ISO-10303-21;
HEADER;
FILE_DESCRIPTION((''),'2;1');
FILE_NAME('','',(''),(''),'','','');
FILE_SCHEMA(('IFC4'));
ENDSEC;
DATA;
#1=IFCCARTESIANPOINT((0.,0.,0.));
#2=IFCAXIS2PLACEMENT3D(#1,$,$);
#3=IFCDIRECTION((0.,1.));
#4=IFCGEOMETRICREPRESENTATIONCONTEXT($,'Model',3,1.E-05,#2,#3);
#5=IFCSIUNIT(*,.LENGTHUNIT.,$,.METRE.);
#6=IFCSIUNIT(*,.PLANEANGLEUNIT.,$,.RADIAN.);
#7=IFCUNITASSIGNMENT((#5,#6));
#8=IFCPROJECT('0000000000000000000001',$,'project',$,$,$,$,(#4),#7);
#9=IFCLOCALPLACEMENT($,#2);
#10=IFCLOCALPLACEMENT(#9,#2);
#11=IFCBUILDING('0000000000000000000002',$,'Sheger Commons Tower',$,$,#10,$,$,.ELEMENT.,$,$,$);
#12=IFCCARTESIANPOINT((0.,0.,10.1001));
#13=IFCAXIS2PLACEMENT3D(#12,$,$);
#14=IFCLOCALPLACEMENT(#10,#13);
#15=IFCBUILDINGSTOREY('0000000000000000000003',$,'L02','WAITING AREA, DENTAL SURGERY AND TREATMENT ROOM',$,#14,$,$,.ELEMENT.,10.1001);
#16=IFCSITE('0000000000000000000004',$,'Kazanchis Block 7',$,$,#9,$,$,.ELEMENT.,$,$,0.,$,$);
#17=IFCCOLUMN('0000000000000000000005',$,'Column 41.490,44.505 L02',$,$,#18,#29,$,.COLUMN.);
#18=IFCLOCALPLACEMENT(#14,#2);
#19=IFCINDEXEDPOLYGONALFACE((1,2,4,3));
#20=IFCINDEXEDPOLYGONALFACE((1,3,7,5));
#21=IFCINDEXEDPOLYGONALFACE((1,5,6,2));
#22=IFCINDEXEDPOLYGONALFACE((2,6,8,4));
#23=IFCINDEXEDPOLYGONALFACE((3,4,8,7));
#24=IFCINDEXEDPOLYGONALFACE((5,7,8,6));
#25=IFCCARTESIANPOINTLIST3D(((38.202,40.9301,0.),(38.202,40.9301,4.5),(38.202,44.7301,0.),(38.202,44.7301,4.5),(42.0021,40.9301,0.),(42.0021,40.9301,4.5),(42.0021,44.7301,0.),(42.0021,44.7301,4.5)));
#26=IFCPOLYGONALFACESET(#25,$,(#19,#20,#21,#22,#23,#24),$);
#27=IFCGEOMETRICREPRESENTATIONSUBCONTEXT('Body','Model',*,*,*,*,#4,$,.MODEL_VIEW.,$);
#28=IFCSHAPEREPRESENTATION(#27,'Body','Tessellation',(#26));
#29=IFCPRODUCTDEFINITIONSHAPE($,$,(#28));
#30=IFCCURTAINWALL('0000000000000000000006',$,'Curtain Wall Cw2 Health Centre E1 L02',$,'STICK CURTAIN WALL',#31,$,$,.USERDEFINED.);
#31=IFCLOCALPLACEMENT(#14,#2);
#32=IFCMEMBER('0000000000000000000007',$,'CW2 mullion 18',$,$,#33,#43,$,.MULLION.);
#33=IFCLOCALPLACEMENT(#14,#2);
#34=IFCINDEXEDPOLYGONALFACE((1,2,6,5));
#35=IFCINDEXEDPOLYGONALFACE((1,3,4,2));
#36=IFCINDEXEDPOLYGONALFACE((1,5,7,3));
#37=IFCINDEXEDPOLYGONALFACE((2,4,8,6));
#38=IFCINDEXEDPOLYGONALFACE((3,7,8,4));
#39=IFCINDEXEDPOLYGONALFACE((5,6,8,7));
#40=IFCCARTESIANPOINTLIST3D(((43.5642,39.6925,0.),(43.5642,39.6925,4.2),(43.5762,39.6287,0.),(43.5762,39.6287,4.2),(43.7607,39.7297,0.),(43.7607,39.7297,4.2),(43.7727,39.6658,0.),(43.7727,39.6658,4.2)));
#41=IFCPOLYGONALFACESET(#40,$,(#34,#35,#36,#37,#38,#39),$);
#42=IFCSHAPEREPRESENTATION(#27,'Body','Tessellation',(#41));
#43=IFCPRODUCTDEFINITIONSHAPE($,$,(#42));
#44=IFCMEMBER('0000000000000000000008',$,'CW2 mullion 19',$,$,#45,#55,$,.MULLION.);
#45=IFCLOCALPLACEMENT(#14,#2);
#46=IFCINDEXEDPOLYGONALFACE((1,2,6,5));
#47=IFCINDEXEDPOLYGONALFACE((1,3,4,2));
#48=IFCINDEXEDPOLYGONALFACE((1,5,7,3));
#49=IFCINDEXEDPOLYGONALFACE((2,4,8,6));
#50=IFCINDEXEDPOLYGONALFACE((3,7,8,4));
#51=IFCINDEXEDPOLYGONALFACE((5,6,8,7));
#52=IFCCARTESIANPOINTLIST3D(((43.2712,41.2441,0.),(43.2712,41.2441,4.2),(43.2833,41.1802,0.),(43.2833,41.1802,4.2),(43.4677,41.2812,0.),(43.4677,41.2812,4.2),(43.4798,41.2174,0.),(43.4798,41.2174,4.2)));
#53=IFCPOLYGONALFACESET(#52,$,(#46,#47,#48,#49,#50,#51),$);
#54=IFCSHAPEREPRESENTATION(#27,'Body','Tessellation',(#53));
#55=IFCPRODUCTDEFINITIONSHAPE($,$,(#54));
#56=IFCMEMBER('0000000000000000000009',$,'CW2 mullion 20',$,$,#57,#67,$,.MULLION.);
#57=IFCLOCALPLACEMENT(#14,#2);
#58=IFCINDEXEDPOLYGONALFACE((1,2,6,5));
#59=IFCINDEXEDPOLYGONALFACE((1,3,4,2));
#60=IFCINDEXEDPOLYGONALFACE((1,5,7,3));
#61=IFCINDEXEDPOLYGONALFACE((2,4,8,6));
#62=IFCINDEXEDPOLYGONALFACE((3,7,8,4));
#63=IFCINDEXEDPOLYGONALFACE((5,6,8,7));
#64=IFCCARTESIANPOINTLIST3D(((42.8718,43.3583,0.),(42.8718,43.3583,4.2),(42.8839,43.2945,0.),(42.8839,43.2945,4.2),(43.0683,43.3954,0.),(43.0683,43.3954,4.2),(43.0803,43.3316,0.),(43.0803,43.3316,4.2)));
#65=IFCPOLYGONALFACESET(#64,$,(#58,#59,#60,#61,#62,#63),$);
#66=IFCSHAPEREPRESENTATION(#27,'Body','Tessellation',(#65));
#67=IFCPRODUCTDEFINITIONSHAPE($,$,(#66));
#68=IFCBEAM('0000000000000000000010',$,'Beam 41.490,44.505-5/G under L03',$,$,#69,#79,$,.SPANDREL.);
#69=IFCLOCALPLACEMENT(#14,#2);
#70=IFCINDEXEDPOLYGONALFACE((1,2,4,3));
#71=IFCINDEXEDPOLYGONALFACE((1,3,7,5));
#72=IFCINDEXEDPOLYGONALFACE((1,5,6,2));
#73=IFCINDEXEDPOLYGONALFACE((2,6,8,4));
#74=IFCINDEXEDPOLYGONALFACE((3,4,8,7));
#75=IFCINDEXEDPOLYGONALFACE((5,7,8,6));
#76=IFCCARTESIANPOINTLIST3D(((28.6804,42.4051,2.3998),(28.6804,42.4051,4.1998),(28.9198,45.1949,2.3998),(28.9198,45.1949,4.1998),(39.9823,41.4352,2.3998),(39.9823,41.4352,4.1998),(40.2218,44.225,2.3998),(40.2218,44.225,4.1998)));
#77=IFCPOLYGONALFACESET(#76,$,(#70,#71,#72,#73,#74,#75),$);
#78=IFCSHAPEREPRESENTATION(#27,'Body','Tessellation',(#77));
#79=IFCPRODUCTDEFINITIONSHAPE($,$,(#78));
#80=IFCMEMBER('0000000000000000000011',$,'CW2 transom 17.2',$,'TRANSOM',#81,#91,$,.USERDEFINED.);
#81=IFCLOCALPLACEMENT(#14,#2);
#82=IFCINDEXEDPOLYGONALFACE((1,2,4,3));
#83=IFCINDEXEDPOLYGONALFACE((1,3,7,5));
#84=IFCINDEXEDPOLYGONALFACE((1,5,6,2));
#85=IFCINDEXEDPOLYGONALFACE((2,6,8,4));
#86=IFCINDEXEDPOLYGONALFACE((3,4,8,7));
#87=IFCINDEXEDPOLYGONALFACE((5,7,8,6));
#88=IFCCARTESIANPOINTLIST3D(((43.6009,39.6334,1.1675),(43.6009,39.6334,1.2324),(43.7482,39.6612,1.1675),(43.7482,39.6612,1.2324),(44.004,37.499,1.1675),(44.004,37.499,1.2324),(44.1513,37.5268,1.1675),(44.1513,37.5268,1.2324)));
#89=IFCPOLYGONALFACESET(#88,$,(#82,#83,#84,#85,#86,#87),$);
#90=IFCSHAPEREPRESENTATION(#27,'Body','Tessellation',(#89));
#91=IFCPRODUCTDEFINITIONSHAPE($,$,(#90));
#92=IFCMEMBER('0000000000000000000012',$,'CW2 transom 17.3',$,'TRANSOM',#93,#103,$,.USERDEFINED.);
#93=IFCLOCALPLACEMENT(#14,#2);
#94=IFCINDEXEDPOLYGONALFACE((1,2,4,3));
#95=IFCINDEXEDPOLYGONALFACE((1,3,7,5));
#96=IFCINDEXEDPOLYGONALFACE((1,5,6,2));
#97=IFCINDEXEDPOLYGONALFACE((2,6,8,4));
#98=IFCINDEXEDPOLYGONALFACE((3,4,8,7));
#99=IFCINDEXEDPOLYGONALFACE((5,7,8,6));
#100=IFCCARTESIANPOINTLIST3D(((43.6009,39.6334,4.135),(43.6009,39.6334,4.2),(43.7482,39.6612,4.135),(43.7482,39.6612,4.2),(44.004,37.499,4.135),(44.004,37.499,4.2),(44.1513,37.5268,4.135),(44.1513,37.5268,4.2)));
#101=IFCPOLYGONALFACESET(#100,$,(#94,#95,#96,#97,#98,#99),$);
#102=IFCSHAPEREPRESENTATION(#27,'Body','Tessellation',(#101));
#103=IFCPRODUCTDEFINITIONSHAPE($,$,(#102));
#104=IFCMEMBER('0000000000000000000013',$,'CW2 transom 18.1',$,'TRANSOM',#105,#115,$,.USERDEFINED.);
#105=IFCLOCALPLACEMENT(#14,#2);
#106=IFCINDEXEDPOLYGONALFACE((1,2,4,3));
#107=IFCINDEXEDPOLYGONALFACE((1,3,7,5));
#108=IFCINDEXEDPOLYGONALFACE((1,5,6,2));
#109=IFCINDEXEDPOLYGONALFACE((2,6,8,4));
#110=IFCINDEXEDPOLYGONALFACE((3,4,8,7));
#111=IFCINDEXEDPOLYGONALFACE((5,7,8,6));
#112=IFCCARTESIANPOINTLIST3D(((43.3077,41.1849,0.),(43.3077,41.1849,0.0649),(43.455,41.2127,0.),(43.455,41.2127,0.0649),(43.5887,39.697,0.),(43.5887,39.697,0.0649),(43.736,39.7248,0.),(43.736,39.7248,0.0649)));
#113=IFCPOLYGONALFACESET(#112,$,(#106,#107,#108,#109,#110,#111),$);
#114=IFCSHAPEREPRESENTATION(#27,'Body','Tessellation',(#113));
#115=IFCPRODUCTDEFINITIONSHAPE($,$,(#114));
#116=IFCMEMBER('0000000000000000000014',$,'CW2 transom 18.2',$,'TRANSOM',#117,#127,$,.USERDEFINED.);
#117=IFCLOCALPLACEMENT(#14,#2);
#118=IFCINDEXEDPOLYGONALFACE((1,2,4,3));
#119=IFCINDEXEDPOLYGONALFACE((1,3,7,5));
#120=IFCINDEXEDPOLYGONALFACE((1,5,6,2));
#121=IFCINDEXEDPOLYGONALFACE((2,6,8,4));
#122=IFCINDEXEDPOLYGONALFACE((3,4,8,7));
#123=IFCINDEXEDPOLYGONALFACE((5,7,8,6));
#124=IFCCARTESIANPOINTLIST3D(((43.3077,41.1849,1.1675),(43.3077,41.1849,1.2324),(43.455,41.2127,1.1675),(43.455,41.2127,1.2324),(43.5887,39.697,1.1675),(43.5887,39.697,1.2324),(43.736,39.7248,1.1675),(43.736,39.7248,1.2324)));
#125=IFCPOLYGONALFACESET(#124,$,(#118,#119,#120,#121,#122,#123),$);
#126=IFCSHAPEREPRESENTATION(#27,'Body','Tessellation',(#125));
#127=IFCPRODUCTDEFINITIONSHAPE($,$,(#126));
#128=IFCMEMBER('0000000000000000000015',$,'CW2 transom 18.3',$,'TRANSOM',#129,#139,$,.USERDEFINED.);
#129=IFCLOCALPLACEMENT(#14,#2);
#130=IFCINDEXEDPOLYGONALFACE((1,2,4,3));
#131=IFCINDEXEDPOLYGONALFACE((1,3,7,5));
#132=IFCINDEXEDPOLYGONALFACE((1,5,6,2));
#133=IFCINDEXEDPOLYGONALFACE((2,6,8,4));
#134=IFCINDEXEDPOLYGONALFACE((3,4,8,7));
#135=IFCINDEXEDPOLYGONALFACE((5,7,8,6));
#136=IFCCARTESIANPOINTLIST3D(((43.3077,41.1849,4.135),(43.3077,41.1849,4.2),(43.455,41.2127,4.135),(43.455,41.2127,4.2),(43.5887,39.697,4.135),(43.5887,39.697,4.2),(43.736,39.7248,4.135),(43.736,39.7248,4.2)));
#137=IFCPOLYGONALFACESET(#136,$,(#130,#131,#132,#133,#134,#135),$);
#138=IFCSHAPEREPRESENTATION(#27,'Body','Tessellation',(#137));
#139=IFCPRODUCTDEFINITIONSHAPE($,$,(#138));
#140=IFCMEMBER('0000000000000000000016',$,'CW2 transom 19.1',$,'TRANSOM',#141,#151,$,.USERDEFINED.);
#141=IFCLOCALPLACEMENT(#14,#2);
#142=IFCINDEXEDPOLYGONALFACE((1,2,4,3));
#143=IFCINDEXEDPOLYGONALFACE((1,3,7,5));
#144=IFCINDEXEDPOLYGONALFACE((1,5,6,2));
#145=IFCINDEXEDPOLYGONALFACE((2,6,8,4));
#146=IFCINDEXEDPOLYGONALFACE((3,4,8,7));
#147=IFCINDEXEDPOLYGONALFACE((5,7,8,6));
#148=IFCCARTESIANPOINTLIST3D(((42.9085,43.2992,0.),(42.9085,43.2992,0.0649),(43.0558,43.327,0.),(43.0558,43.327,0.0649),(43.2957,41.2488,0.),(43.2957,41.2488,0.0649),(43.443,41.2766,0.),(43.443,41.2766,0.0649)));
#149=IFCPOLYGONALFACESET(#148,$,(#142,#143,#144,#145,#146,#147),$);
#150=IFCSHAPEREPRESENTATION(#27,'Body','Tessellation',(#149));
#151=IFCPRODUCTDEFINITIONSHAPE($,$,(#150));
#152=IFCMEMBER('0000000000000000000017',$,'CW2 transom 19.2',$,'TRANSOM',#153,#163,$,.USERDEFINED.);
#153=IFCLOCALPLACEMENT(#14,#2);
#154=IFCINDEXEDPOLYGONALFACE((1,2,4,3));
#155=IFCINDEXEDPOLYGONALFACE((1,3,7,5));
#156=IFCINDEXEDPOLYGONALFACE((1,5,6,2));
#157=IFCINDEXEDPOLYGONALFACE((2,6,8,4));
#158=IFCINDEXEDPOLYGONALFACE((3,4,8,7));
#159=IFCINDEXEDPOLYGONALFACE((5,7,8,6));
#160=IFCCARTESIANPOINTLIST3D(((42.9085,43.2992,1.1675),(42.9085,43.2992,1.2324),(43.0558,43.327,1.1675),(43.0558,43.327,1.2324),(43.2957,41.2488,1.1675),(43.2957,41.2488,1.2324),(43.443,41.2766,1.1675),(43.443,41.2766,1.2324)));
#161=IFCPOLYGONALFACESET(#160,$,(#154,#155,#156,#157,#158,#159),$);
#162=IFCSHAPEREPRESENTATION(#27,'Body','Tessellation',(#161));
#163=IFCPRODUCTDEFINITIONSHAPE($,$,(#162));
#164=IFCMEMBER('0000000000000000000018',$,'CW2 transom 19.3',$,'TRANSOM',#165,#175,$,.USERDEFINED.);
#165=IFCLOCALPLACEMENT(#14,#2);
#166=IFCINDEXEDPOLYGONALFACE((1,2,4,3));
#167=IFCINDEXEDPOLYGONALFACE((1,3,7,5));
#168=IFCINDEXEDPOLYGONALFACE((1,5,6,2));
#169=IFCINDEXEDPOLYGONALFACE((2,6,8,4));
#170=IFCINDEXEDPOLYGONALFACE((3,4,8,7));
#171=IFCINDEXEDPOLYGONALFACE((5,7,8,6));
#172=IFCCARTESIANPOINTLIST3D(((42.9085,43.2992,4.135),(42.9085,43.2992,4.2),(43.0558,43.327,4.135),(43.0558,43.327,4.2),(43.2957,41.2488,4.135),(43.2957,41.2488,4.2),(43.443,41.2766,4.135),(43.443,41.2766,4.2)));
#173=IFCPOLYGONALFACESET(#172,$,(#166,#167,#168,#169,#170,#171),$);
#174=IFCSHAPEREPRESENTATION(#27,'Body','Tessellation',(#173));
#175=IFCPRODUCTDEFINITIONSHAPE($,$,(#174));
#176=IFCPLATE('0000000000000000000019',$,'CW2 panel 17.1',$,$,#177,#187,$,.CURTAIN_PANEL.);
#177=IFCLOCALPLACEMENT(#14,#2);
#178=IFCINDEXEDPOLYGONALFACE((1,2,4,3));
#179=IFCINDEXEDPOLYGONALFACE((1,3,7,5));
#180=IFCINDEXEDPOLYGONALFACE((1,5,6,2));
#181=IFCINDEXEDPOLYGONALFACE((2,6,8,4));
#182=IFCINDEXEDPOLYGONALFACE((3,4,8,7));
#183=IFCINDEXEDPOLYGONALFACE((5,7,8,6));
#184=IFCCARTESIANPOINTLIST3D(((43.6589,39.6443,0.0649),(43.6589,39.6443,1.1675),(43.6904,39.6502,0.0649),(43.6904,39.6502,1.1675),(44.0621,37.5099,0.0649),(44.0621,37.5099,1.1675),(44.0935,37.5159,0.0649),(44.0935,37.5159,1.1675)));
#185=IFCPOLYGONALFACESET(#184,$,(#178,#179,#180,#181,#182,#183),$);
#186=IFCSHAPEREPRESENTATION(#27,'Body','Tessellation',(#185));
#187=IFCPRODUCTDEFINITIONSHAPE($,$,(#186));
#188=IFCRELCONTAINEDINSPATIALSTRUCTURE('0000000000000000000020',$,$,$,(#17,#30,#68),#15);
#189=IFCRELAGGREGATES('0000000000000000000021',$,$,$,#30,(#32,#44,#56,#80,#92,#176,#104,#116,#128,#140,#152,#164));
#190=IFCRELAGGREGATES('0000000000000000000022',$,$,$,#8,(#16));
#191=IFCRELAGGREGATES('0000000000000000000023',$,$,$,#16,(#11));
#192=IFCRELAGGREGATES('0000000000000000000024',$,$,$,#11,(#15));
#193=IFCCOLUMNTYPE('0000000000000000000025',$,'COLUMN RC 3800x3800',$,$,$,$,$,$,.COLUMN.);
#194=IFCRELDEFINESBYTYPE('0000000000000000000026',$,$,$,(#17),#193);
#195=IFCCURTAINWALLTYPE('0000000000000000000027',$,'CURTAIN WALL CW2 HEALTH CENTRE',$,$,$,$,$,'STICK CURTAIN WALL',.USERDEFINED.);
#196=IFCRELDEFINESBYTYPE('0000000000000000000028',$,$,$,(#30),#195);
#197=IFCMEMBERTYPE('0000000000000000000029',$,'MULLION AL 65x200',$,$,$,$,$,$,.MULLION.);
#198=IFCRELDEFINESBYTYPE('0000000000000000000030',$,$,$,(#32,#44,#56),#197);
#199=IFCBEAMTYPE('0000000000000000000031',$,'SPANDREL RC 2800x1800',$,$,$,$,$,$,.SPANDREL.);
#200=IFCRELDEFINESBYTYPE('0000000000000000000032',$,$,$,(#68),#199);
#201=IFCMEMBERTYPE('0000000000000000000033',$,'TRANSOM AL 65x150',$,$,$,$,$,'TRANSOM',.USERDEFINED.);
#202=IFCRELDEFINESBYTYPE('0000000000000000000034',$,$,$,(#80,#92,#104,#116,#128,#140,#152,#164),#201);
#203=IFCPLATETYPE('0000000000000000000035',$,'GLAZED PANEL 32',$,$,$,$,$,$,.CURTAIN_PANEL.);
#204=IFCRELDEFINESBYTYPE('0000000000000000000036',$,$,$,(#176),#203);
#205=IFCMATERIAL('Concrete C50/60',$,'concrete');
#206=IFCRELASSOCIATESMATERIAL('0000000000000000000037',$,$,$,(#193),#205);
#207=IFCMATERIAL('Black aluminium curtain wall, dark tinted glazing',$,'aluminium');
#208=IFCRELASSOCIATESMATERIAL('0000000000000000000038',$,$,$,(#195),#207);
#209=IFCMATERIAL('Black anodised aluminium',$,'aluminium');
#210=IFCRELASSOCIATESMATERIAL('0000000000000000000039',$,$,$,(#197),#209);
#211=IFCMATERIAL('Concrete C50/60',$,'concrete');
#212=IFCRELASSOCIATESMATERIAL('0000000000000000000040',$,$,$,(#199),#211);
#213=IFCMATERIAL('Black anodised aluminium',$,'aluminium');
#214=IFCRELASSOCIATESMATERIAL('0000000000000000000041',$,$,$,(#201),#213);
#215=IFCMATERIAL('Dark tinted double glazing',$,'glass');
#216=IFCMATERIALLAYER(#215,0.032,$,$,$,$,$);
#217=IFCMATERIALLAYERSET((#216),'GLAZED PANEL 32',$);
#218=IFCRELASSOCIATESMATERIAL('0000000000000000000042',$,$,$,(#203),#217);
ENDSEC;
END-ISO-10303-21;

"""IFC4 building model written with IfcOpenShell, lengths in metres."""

from ifc_helpers import new_model, si_unit, direction, frame, origin, origin_2d, place, context, subcontext, project, spatial, rectangle, extrude, material, layer, layer_set, material_profile, profile_set, type_object, element, aggregate, save


model = new_model("IFC4")

# Units and contexts
model_context = context("Model", 3, precision=1e-05, world=origin(), true_north=direction((0.0, 1.0)))
body_context = subcontext(model_context, "Body", "Model", "MODEL_VIEW")
ifc_project = project(units=[si_unit("LENGTHUNIT", "METRE"), si_unit("PLANEANGLEUNIT", "RADIAN")], contexts=[model_context])

# Site, building, storey
site_placement = place(None, origin())
site = spatial("IfcSite", under=ifc_project, at=site_placement, Name="Kazanchis Block 7", CompositionType="ELEMENT", RefElevation=0.0)
building_placement = place(site_placement, origin())
building = spatial("IfcBuilding", under=site, at=building_placement, Name="Sheger Commons Tower", CompositionType="ELEMENT")
storey_placement = place(building_placement, frame((0.0, 0.0, 10.1001)))
storey = spatial("IfcBuildingStorey", under=building, at=storey_placement, Name="L02", Description="WAITING AREA, DENTAL SURGERY AND TREATMENT ROOM", CompositionType="ELEMENT", Elevation=10.1001)

# Column
ifc_material_1 = material(Name="Concrete C50/60", Category="concrete")
ifc_material_profile_1 = material_profile(ifc_material_1, rectangle(XDim=3.8, YDim=3.8, at=origin_2d()), Name="RC 3800x3800")
ifc_profile_set_1 = profile_set([ifc_material_profile_1], Name="Concrete C50/60")
column_type = type_object("IfcColumnType", Name="COLUMN RC 3800x3800", PredefinedType="COLUMN", material=ifc_profile_set_1)
column_placement = place(storey_placement, frame((40.1021, 42.8301, 0.0), z_axis=(0.0, 0.0, 1.0), x_axis=(1.0, 0.0, 0.0)))
element("IfcColumn", 1, at=column_placement, inside=storey, type_object=column_type, Name="Column 41.490,44.505 L02", PredefinedType="COLUMN", context=body_context, shape_type="SweptSolid", body=[
    extrude(rectangle(XDim=3.8, YDim=3.8, at=origin_2d()), origin(), (0.0, 0.0, 1.0), 4.5),
])

# Curtain wall, members
ifc_material_2 = material(Name="Black aluminium curtain wall, dark tinted glazing", Category="aluminium")
curtain_wall_type = type_object("IfcCurtainWallType", Name="CURTAIN WALL CW2 HEALTH CENTRE", ElementType="STICK CURTAIN WALL", PredefinedType="USERDEFINED", material=ifc_material_2)
curtain_wall_placement = place(storey_placement, origin())
curtain_wall = element("IfcCurtainWall", 2, at=curtain_wall_placement, inside=storey, type_object=curtain_wall_type, Name="Curtain Wall Cw2 Health Centre E1 L02", ObjectType="STICK CURTAIN WALL", PredefinedType="USERDEFINED")
ifc_material_3 = material(Name="Black anodised aluminium", Category="aluminium")
ifc_material_profile_2 = material_profile(ifc_material_3, rectangle(XDim=0.2, YDim=0.0649, at=origin_2d()), Name="AL 65x200")
ifc_profile_set_2 = profile_set([ifc_material_profile_2], Name="Black anodised aluminium")
member_type_1 = type_object("IfcMemberType", Name="MULLION AL 65x200", PredefinedType="MULLION", material=ifc_profile_set_2)
member_1_placement = place(storey_placement, frame((43.6685, 39.6792, 0.0), z_axis=(0.0, 0.0, 1.0), x_axis=(-0.982624, -0.18561, 0.0)))
member_1 = element("IfcMember", 3, at=member_1_placement, type_object=member_type_1, Name="CW2 mullion 18", PredefinedType="MULLION", context=body_context, shape_type="SweptSolid", body=[
    extrude(rectangle(XDim=0.2, YDim=0.0649, at=origin_2d()), origin(), (0.0, 0.0, 1.0), 4.2),
])
member_2_placement = place(storey_placement, frame((43.3755, 41.2307, 0.0), z_axis=(0.0, 0.0, 1.0), x_axis=(-0.982624, -0.18561, 0.0)))
member_2 = element("IfcMember", 4, at=member_2_placement, type_object=member_type_1, Name="CW2 mullion 19", PredefinedType="MULLION", context=body_context, shape_type="SweptSolid", body=[
    extrude(rectangle(XDim=0.2, YDim=0.0649, at=origin_2d()), origin(), (0.0, 0.0, 1.0), 4.2),
])
member_3_placement = place(storey_placement, frame((42.9761, 43.345, 0.0), z_axis=(0.0, 0.0, 1.0), x_axis=(-0.982624, -0.18561, 0.0)))
member_3 = element("IfcMember", 5, at=member_3_placement, type_object=member_type_1, Name="CW2 mullion 20", PredefinedType="MULLION", context=body_context, shape_type="SweptSolid", body=[
    extrude(rectangle(XDim=0.2, YDim=0.0649, at=origin_2d()), origin(), (0.0, 0.0, 1.0), 4.2),
])

# Beam
ifc_material_4 = material(Name="Concrete C50/60", Category="concrete")
ifc_material_profile_3 = material_profile(ifc_material_4, rectangle(XDim=2.8, YDim=1.8, at=origin_2d()), Name="RC 2800x1800")
ifc_profile_set_3 = profile_set([ifc_material_profile_3], Name="Concrete C50/60")
beam_type = type_object("IfcBeamType", Name="SPANDREL RC 2800x1800", PredefinedType="SPANDREL", material=ifc_profile_set_3)
beam_placement = place(storey_placement, frame((40.1021, 42.8301, 3.2998), z_axis=(-0.996337, 0.085509, 0.0), x_axis=(-0.085509, -0.996337, 0.0)))
element("IfcBeam", 6, at=beam_placement, inside=storey, type_object=beam_type, Name="Beam 41.490,44.505-5/G under L03", PredefinedType="SPANDREL", context=body_context, shape_type="SweptSolid", body=[
    extrude(rectangle(XDim=2.8, YDim=1.8, at=origin_2d()), origin(), (0.0, 0.0, 1.0), 11.3435),
])

# Members
ifc_material_5 = material(Name="Black anodised aluminium", Category="aluminium")
ifc_material_profile_4 = material_profile(ifc_material_5, rectangle(XDim=0.1499, YDim=0.0649, at=origin_2d()), Name="AL 65x150")
ifc_profile_set_4 = profile_set([ifc_material_profile_4], Name="Black anodised aluminium")
member_type_2 = type_object("IfcMemberType", Name="TRANSOM AL 65x150", ElementType="TRANSOM", PredefinedType="USERDEFINED", material=ifc_profile_set_4)
member_4_placement = place(storey_placement, frame((44.0776, 37.5129, 1.2), z_axis=(-0.185578, 0.98263, 0.0), x_axis=(-0.98263, -0.185578, 0.0)))
member_4 = element("IfcMember", 7, at=member_4_placement, type_object=member_type_2, Name="CW2 transom 17.2", ObjectType="TRANSOM", PredefinedType="USERDEFINED", context=body_context, shape_type="SweptSolid", body=[
    extrude(rectangle(XDim=0.1499, YDim=0.0649, at=origin_2d()), origin(), (0.0, 0.0, 1.0), 2.1721),
])
member_5_placement = place(storey_placement, frame((44.0776, 37.5129, 4.1675), z_axis=(-0.185578, 0.98263, 0.0), x_axis=(-0.98263, -0.185578, 0.0)))
member_5 = element("IfcMember", 8, at=member_5_placement, type_object=member_type_2, Name="CW2 transom 17.3", ObjectType="TRANSOM", PredefinedType="USERDEFINED", context=body_context, shape_type="SweptSolid", body=[
    extrude(rectangle(XDim=0.1499, YDim=0.0649, at=origin_2d()), origin(), (0.0, 0.0, 1.0), 2.1721),
])
member_6_placement = place(storey_placement, frame((43.6624, 39.7109, 0.0325), z_axis=(-0.185593, 0.982627, 0.0), x_axis=(-0.982627, -0.185593, 0.0)))
member_6 = element("IfcMember", 9, at=member_6_placement, type_object=member_type_2, Name="CW2 transom 18.1", ObjectType="TRANSOM", PredefinedType="USERDEFINED", context=body_context, shape_type="SweptSolid", body=[
    extrude(rectangle(XDim=0.1499, YDim=0.0649, at=origin_2d()), origin(), (0.0, 0.0, 1.0), 1.5142),
])
member_7_placement = place(storey_placement, frame((43.6624, 39.7109, 1.2), z_axis=(-0.185593, 0.982627, 0.0), x_axis=(-0.982627, -0.185593, 0.0)))
member_7 = element("IfcMember", 10, at=member_7_placement, type_object=member_type_2, Name="CW2 transom 18.2", ObjectType="TRANSOM", PredefinedType="USERDEFINED", context=body_context, shape_type="SweptSolid", body=[
    extrude(rectangle(XDim=0.1499, YDim=0.0649, at=origin_2d()), origin(), (0.0, 0.0, 1.0), 1.5142),
])
member_8_placement = place(storey_placement, frame((43.6624, 39.7109, 4.1675), z_axis=(-0.185593, 0.982627, 0.0), x_axis=(-0.982627, -0.185593, 0.0)))
member_8 = element("IfcMember", 11, at=member_8_placement, type_object=member_type_2, Name="CW2 transom 18.3", ObjectType="TRANSOM", PredefinedType="USERDEFINED", context=body_context, shape_type="SweptSolid", body=[
    extrude(rectangle(XDim=0.1499, YDim=0.0649, at=origin_2d()), origin(), (0.0, 0.0, 1.0), 1.5142),
])
member_9_placement = place(storey_placement, frame((43.3694, 41.2627, 0.0325), z_axis=(-0.185553, 0.982634, 0.0), x_axis=(-0.982634, -0.185553, 0.0)))
member_9 = element("IfcMember", 12, at=member_9_placement, type_object=member_type_2, Name="CW2 transom 19.1", ObjectType="TRANSOM", PredefinedType="USERDEFINED", context=body_context, shape_type="SweptSolid", body=[
    extrude(rectangle(XDim=0.1499, YDim=0.0649, at=origin_2d()), origin(), (0.0, 0.0, 1.0), 2.0867),
])
member_10_placement = place(storey_placement, frame((43.3694, 41.2627, 1.2), z_axis=(-0.185553, 0.982634, 0.0), x_axis=(-0.982634, -0.185553, 0.0)))
member_10 = element("IfcMember", 13, at=member_10_placement, type_object=member_type_2, Name="CW2 transom 19.2", ObjectType="TRANSOM", PredefinedType="USERDEFINED", context=body_context, shape_type="SweptSolid", body=[
    extrude(rectangle(XDim=0.1499, YDim=0.0649, at=origin_2d()), origin(), (0.0, 0.0, 1.0), 2.0867),
])
member_11_placement = place(storey_placement, frame((43.3694, 41.2627, 4.1675), z_axis=(-0.185553, 0.982634, 0.0), x_axis=(-0.982634, -0.185553, 0.0)))
member_11 = element("IfcMember", 14, at=member_11_placement, type_object=member_type_2, Name="CW2 transom 19.3", ObjectType="TRANSOM", PredefinedType="USERDEFINED", context=body_context, shape_type="SweptSolid", body=[
    extrude(rectangle(XDim=0.1499, YDim=0.0649, at=origin_2d()), origin(), (0.0, 0.0, 1.0), 2.0867),
])

# Plate
ifc_material_6 = material(Name="Dark tinted double glazing", Category="glass")
ifc_layer_1 = layer(ifc_material_6, 0.032)
ifc_layer_set_1 = layer_set([ifc_layer_1], Name="GLAZED PANEL 32")
plate_type = type_object("IfcPlateType", Name="GLAZED PANEL 32", PredefinedType="CURTAIN_PANEL", material=ifc_layer_set_1)
plate_1_placement = place(storey_placement, frame((43.8762, 38.5801, 0.0649), z_axis=(0.0, 0.0, 1.0), x_axis=(-0.18561, 0.982624, 0.0)))
plate_1 = element("IfcPlate", 15, at=plate_1_placement, type_object=plate_type, Name="CW2 panel 17.1", PredefinedType="CURTAIN_PANEL", context=body_context, shape_type="SweptSolid", body=[
    extrude(rectangle(XDim=2.1721, YDim=0.032, at=origin_2d()), origin(), (0.0, 0.0, 1.0), 1.1025),
])
aggregate(curtain_wall, [member_1, member_2, member_3, member_4, member_5, plate_1, member_6, member_7, member_8, member_9, member_10, member_11])

save(model, "model.ifc")
